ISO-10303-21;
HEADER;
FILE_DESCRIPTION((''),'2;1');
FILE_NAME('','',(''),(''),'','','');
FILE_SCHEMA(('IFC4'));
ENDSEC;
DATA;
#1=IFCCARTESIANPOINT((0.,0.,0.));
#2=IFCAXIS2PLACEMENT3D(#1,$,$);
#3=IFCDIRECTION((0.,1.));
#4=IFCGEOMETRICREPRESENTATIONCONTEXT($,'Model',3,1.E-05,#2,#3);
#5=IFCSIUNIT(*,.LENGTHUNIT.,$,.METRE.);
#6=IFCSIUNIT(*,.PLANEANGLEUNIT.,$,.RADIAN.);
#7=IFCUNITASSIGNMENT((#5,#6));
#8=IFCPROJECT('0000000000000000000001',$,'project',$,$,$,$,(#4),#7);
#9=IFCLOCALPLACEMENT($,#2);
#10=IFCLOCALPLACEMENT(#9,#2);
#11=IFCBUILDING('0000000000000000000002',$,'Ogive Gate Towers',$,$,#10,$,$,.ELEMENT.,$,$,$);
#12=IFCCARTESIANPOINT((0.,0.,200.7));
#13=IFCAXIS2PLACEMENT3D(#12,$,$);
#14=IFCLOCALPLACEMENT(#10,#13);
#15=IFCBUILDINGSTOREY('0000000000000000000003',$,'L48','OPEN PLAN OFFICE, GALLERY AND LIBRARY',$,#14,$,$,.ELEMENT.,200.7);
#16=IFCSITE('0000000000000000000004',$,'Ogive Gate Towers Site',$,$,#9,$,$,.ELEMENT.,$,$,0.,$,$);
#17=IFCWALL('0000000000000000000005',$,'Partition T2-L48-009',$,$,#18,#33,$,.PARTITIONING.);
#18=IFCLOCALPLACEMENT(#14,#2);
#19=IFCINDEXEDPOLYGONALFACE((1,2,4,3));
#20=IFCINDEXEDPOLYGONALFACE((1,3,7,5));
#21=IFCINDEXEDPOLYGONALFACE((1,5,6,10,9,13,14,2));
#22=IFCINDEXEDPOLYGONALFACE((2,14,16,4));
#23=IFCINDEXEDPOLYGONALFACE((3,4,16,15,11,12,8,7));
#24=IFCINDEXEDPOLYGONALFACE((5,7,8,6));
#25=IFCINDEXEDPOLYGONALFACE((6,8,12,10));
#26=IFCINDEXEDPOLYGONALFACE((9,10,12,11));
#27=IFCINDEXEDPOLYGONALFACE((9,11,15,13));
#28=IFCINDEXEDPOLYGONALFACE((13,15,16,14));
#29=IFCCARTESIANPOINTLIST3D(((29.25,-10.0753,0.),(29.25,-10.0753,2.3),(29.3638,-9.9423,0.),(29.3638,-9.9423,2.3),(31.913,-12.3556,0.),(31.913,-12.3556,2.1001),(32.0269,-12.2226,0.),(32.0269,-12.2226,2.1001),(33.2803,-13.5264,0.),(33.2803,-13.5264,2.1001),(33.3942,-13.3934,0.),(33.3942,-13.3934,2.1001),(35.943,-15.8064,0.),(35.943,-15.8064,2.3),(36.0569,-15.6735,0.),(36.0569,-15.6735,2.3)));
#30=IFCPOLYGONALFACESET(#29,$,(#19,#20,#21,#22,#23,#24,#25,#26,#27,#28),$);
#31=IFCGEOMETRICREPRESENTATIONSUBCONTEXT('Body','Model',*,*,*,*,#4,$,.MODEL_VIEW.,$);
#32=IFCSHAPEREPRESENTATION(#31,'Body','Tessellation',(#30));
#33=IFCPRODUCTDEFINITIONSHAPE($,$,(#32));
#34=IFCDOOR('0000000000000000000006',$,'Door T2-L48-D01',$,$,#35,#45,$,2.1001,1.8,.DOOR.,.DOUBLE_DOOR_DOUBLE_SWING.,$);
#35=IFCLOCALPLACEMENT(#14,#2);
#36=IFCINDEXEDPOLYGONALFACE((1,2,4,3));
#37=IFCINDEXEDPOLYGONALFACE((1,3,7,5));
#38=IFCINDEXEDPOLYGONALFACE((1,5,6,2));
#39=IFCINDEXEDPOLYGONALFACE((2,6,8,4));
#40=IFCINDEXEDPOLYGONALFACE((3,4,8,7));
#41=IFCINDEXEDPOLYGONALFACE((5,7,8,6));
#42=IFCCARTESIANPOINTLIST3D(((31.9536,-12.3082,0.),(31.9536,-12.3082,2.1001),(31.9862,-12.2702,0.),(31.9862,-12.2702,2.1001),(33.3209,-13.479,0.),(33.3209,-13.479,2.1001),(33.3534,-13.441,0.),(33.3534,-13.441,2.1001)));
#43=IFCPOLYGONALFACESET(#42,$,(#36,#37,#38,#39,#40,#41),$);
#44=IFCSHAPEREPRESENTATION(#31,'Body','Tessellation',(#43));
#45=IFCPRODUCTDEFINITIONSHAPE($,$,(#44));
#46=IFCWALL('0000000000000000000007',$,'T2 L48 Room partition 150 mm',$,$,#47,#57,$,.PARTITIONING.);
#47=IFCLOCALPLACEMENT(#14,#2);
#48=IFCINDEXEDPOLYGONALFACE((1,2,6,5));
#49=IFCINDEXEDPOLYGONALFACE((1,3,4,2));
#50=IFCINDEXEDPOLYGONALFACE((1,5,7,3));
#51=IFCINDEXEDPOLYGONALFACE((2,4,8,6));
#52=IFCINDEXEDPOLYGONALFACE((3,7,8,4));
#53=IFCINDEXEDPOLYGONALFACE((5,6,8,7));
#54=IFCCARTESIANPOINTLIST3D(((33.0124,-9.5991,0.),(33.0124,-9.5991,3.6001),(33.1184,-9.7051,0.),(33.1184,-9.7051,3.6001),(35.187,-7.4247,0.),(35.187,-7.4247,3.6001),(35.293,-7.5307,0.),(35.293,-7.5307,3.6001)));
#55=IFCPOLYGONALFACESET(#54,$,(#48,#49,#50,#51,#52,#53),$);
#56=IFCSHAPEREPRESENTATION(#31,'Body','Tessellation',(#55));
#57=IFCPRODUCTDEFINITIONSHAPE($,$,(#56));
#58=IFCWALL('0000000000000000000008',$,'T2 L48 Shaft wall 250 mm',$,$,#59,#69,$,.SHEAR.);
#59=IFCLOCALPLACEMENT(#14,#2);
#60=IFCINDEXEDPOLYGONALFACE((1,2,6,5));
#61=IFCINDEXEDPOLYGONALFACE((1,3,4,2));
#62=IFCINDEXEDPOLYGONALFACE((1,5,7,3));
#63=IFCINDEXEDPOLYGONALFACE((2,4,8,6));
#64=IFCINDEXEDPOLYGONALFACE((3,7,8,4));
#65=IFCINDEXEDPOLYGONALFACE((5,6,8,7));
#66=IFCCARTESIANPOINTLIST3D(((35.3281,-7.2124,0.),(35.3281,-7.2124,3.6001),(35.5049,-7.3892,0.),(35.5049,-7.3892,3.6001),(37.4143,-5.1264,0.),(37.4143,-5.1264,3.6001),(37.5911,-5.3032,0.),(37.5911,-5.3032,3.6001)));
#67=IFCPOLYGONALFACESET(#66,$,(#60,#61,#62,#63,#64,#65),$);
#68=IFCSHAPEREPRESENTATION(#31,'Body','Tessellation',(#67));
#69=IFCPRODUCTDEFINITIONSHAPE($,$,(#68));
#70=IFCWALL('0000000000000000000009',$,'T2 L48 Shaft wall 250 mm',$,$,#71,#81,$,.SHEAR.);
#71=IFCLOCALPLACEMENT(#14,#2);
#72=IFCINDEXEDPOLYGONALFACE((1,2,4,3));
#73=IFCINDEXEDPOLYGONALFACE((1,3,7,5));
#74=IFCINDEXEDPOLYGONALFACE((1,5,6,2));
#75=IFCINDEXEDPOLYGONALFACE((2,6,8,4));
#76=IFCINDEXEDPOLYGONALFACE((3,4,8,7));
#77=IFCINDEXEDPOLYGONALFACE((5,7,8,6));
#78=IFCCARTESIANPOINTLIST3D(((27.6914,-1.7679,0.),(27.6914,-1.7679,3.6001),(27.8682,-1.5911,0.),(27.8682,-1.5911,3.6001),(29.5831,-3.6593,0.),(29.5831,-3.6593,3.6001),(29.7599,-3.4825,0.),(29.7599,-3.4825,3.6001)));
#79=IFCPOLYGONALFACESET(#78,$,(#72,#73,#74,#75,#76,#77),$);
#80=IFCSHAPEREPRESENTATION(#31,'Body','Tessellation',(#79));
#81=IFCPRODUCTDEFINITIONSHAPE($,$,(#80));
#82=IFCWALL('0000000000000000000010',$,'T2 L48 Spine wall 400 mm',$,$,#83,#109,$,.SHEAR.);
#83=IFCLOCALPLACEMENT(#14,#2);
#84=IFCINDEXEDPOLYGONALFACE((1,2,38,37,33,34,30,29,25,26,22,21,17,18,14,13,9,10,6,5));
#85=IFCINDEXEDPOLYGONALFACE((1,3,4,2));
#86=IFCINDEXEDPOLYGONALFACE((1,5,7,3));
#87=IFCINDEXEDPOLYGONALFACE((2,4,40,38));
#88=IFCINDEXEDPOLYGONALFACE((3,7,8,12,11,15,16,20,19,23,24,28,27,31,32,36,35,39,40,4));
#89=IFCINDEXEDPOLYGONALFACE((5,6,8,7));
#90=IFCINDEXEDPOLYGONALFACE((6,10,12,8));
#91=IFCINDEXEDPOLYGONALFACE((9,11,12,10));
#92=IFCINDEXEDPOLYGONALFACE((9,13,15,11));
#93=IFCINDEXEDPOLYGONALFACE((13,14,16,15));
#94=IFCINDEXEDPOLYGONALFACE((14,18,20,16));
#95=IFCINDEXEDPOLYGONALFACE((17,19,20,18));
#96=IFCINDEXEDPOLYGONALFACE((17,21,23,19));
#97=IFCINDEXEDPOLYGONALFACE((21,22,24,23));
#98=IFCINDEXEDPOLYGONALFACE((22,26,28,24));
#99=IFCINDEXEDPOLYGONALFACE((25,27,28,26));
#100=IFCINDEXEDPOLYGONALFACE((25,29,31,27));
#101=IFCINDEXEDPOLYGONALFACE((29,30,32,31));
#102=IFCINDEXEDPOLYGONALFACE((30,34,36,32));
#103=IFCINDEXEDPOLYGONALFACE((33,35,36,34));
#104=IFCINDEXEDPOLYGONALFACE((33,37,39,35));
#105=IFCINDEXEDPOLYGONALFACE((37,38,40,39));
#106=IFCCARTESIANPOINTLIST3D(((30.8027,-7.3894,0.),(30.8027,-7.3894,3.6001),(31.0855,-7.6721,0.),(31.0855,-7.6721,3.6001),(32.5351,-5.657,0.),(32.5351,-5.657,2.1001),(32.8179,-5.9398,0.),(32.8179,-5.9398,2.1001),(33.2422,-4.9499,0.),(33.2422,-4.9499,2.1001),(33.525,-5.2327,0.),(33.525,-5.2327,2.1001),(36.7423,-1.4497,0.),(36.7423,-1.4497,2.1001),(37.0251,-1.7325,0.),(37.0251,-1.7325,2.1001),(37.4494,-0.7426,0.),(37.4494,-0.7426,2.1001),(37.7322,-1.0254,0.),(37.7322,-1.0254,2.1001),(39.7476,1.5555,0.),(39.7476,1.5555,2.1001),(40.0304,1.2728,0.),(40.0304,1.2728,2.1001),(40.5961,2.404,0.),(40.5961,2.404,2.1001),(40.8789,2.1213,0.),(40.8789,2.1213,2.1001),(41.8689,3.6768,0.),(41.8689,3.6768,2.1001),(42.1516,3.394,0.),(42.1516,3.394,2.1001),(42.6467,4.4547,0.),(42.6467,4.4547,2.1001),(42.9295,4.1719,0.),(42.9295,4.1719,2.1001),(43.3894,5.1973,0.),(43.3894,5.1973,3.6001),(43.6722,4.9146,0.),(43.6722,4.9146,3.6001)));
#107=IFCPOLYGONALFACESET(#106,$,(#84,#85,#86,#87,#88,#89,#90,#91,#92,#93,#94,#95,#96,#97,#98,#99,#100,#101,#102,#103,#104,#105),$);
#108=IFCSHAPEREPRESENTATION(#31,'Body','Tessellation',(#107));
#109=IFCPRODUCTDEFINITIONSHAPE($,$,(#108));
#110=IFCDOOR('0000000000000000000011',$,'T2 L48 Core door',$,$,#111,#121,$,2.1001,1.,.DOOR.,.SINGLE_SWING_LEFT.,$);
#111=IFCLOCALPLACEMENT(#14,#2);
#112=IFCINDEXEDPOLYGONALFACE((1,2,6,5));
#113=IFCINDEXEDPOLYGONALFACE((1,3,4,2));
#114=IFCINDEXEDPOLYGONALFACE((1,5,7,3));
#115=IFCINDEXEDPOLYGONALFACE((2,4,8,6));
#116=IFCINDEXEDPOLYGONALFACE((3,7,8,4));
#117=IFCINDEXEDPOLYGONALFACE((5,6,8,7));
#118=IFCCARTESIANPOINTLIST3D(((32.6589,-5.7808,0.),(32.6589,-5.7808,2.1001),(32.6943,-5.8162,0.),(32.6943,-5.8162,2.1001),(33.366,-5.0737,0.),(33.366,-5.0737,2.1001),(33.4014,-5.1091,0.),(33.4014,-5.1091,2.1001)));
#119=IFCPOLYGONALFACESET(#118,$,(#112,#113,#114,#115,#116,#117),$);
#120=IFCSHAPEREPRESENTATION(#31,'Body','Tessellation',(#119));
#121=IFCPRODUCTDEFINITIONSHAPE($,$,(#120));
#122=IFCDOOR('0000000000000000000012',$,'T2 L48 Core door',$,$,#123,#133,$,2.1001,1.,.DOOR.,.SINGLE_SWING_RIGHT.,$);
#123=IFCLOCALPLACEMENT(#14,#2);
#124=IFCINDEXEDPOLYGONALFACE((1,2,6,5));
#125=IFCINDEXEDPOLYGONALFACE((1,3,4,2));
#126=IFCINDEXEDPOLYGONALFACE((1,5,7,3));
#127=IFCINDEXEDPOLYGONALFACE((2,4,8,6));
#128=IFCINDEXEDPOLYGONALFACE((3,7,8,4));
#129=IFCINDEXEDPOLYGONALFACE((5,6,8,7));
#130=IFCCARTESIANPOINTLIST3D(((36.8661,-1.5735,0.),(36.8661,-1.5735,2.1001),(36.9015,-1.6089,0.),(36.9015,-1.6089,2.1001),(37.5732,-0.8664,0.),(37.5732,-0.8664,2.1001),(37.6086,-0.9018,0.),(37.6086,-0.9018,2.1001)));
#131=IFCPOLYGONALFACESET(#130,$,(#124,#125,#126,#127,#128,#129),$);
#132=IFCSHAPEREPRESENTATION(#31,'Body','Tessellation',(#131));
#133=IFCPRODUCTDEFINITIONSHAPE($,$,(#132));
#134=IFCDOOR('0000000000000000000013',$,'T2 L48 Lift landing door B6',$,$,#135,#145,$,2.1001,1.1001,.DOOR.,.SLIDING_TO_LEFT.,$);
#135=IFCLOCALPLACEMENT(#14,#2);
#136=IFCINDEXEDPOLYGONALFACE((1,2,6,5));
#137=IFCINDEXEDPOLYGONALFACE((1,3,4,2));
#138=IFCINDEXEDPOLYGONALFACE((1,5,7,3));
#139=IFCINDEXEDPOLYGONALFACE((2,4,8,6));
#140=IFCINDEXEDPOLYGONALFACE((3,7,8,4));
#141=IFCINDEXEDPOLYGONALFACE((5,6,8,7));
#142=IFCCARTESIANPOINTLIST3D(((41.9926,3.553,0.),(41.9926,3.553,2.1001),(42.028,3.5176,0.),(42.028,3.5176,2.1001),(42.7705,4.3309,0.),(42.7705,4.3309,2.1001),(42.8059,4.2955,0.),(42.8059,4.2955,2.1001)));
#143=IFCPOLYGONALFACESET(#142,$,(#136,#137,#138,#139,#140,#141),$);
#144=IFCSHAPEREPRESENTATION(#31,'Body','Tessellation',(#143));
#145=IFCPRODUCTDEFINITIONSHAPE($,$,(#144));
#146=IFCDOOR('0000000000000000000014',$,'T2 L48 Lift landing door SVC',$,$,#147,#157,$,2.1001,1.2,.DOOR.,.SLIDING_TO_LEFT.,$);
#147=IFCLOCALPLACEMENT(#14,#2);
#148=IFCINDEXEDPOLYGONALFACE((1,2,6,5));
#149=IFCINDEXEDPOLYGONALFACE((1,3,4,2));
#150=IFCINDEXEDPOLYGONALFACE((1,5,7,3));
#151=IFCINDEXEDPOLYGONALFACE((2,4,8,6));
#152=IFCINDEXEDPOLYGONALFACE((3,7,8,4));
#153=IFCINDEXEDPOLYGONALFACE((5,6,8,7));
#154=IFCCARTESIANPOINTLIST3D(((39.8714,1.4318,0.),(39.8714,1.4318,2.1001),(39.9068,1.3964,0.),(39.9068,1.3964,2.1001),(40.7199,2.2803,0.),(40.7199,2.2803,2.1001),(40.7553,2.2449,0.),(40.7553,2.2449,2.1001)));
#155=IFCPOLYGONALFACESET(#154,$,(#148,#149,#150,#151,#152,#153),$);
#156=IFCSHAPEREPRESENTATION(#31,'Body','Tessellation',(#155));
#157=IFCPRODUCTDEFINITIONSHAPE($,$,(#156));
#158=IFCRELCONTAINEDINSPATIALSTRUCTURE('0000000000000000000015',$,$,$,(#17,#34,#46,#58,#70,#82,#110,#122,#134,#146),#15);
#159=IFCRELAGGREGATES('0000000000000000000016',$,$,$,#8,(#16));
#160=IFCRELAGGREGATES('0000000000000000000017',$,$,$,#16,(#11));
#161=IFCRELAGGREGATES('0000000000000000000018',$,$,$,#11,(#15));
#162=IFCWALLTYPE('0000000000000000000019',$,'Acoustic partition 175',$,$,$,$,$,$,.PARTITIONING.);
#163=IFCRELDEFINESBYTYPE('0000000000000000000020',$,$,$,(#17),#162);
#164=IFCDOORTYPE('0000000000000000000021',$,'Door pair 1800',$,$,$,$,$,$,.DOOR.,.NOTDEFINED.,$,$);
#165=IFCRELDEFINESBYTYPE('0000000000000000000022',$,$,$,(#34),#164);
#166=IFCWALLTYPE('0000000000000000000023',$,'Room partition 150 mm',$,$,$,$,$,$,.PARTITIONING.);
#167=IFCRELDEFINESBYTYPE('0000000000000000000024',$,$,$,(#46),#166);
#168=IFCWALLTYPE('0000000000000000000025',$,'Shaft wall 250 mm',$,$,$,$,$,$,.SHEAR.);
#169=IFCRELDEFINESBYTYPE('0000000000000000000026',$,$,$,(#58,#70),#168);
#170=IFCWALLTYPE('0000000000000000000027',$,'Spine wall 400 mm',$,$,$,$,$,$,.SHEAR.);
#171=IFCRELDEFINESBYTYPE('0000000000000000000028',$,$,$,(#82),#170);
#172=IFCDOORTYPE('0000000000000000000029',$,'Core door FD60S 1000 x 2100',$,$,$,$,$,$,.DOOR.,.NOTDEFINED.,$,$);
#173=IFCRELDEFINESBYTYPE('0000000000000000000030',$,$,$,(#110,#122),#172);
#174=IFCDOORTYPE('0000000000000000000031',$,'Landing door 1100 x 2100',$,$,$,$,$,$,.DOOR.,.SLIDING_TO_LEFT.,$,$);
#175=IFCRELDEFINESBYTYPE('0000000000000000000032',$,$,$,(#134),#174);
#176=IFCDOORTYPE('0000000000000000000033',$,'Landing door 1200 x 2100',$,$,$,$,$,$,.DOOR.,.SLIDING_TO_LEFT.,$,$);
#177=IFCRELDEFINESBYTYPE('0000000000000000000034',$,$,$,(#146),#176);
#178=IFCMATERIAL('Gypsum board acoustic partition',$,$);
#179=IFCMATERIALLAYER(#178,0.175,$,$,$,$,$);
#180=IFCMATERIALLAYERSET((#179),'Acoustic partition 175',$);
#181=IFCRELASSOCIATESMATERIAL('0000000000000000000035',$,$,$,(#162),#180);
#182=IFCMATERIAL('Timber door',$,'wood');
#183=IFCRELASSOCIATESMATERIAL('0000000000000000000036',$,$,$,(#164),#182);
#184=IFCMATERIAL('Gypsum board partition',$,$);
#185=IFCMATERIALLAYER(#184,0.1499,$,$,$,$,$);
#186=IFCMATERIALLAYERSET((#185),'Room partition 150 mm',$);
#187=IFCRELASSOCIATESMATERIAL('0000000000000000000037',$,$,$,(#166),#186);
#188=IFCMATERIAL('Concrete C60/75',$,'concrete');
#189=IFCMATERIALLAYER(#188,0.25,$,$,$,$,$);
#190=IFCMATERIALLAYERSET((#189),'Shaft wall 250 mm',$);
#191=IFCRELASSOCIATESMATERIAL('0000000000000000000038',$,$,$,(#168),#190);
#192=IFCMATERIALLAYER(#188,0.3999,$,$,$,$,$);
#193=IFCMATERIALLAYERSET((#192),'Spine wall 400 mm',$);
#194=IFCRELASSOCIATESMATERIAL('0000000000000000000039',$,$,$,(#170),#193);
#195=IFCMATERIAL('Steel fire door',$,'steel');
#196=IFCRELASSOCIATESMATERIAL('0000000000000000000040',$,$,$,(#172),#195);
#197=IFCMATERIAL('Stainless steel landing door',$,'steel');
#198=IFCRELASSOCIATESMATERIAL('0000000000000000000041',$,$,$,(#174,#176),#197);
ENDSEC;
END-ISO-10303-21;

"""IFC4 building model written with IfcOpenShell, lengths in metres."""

from ifc_helpers import new_model, si_unit, direction, frame, frame_2d, origin, place, context, subcontext, project, spatial, rectangle, extrude, material, layer, layer_set, type_object, element, fill, save


model = new_model("IFC4")

# Units and contexts
model_context = context("Model", 3, precision=1e-05, world=origin(), true_north=direction((0.0, 1.0)))
body_context = subcontext(model_context, "Body", "Model", "MODEL_VIEW")
ifc_project = project(units=[si_unit("LENGTHUNIT", "METRE"), si_unit("PLANEANGLEUNIT", "RADIAN")], contexts=[model_context])

# Site, building, storey
site_placement = place(None, origin())
site = spatial("IfcSite", under=ifc_project, at=site_placement, Name="Ogive Gate Towers Site", CompositionType="ELEMENT", RefElevation=0.0)
building_placement = place(site_placement, origin())
building = spatial("IfcBuilding", under=site, at=building_placement, Name="Ogive Gate Towers", CompositionType="ELEMENT")
storey_placement = place(building_placement, frame((0.0, 0.0, 200.7)))
storey = spatial("IfcBuildingStorey", under=building, at=storey_placement, Name="L48", Description="OPEN PLAN OFFICE, GALLERY AND LIBRARY", CompositionType="ELEMENT", Elevation=200.7)

# Wall, opening, door
ifc_material_1 = material(Name="Gypsum board acoustic partition")
ifc_layer_1 = layer(ifc_material_1, 0.175)
ifc_layer_set_1 = layer_set([ifc_layer_1], Name="Acoustic partition 175")
wall_type_1 = type_object("IfcWallType", Name="Acoustic partition 175", PredefinedType="PARTITIONING", material=ifc_layer_set_1)
wall_1_placement = place(storey_placement, frame((29.3069, -10.0088, 0.0), z_axis=(0.0, 0.0, 1.0), x_axis=(0.759579, -0.650415, 0.0)))
wall_1 = element("IfcWall", 1, at=wall_1_placement, inside=storey, type_object=wall_type_1, Name="Partition T2-L48-009", PredefinedType="PARTITIONING", context=body_context, shape_type="SweptSolid", body=[
    extrude(rectangle(XDim=8.8115, YDim=0.175, at=frame_2d((4.4058, 0.0))), origin(), (0.0, 0.0, 1.0), 2.3),
])
opening_1_placement = place(wall_1_placement, frame((3.5061, 0.0, 0.0)))
opening_1 = element("IfcOpeningElement", 2, at=opening_1_placement, cuts=wall_1, PredefinedType="OPENING", context=body_context, shape_type="SweptSolid", body=[
    extrude(rectangle(XDim=1.8, YDim=2.1001, at=frame_2d((0.8999, 1.05))), frame((0.0, 0.0977, 0.0), z_axis=(0.0, -1.0, 0.0), x_axis=(1.0, 0.0, 0.0)), (0.0, 0.0, 1.0), 0.1951),
])
ifc_material_2 = material(Name="Timber door", Category="wood")
door_type_1 = type_object("IfcDoorType", Name="Door pair 1800", OperationType="NOTDEFINED", PredefinedType="DOOR", material=ifc_material_2)
door_1_placement = place(opening_1_placement, origin())
door_1 = element("IfcDoor", 3, at=door_1_placement, inside=storey, type_object=door_type_1, Name="Door T2-L48-D01", OperationType="DOUBLE_DOOR_DOUBLE_SWING", OverallHeight=2.1001, OverallWidth=1.8, PredefinedType="DOOR", context=body_context, shape_type="SweptSolid", body=[
    extrude(rectangle(XDim=1.8, YDim=2.1001, at=frame_2d((0.8999, 1.05))), frame((0.0, 0.0249, 0.0), z_axis=(0.0, -1.0, 0.0), x_axis=(1.0, 0.0, 0.0)), (0.0, 0.0, 1.0), 0.05),
])
fill(opening_1, door_1)

# Walls
ifc_material_3 = material(Name="Gypsum board partition")
ifc_layer_2 = layer(ifc_material_3, 0.1499)
ifc_layer_set_2 = layer_set([ifc_layer_2], Name="Room partition 150 mm")
wall_type_2 = type_object("IfcWallType", Name="Room partition 150 mm", PredefinedType="PARTITIONING", material=ifc_layer_set_2)
wall_2_placement = place(storey_placement, frame((33.0654, -9.6521, 0.0), z_axis=(0.0, 0.0, 1.0), x_axis=(0.707146, 0.707067, 0.0)))
element("IfcWall", 4, at=wall_2_placement, inside=storey, type_object=wall_type_2, Name="T2 L48 Room partition 150 mm", PredefinedType="PARTITIONING", context=body_context, shape_type="SweptSolid", body=[
    extrude(rectangle(XDim=3.0752, YDim=0.1499, at=frame_2d((1.5376, 0.0))), origin(), (0.0, 0.0, 1.0), 3.6001),
])
ifc_material_4 = material(Name="Concrete C60/75", Category="concrete")
ifc_layer_3 = layer(ifc_material_4, 0.25)
ifc_layer_set_3 = layer_set([ifc_layer_3], Name="Shaft wall 250 mm")
wall_type_3 = type_object("IfcWallType", Name="Shaft wall 250 mm", PredefinedType="SHEAR", material=ifc_layer_set_3)
wall_3_placement = place(storey_placement, frame((35.4165, -7.3008, 0.0), z_axis=(0.0, 0.0, 1.0), x_axis=(0.707148, 0.707065, 0.0)))
element("IfcWall", 5, at=wall_3_placement, inside=storey, type_object=wall_type_3, Name="T2 L48 Shaft wall 250 mm", PredefinedType="SHEAR", context=body_context, shape_type="SweptSolid", body=[
    extrude(rectangle(XDim=2.9502, YDim=0.25, at=frame_2d((1.4751, 0.0))), origin(), (0.0, 0.0, 1.0), 3.6001),
])
wall_4_placement = place(storey_placement, frame((29.6714, -3.5708, 0.0), z_axis=(0.0, 0.0, 1.0), x_axis=(-0.707152, 0.707061, 0.0)))
element("IfcWall", 6, at=wall_4_placement, inside=storey, type_object=wall_type_3, Name="T2 L48 Shaft wall 250 mm", PredefinedType="SHEAR", context=body_context, shape_type="SweptSolid", body=[
    extrude(rectangle(XDim=2.675, YDim=0.25, at=frame_2d((1.3374, 0.0))), origin(), (0.0, 0.0, 1.0), 3.6001),
])

# Wall, openings, doors
ifc_layer_4 = layer(ifc_material_4, 0.3999)
ifc_layer_set_4 = layer_set([ifc_layer_4], Name="Spine wall 400 mm")
wall_type_4 = type_object("IfcWallType", Name="Spine wall 400 mm", PredefinedType="SHEAR", material=ifc_layer_set_4)
wall_5_placement = place(storey_placement, frame((30.9441, -7.5308, 0.0), z_axis=(0.0, 0.0, 1.0), x_axis=(0.707107, 0.707107, 0.0)))
wall_5 = element("IfcWall", 7, at=wall_5_placement, inside=storey, type_object=wall_type_4, Name="T2 L48 Spine wall 400 mm", PredefinedType="SHEAR", context=body_context, shape_type="SweptSolid", body=[
    extrude(rectangle(XDim=17.8003, YDim=0.3999, at=frame_2d((8.9001, 0.0))), origin(), (0.0, 0.0, 1.0), 3.6001),
])
opening_2_placement = place(wall_5_placement, frame((12.6499, 0.0, 0.0)))
opening_2 = element("IfcOpeningElement", 8, at=opening_2_placement, cuts=wall_5, PredefinedType="OPENING", context=body_context, shape_type="SweptSolid", body=[
    extrude(rectangle(XDim=1.2, YDim=2.1001, at=frame_2d((0.6001, 1.05))), frame((0.0, 0.21, 0.0), z_axis=(0.0, -1.0, 0.0), x_axis=(1.0, 0.0, 0.0)), (0.0, 0.0, 1.0), 0.4199),
])
opening_3_placement = place(wall_5_placement, frame((15.6499, 0.0, 0.0)))
opening_3 = element("IfcOpeningElement", 9, at=opening_3_placement, cuts=wall_5, PredefinedType="OPENING", context=body_context, shape_type="SweptSolid", body=[
    extrude(rectangle(XDim=1.1001, YDim=2.1001, at=frame_2d((0.55, 1.05))), frame((0.0, 0.21, 0.0), z_axis=(0.0, -1.0, 0.0), x_axis=(1.0, 0.0, 0.0)), (0.0, 0.0, 1.0), 0.4199),
])
opening_4_placement = place(wall_5_placement, frame((2.45, 0.0, 0.0)))
opening_4 = element("IfcOpeningElement", 10, at=opening_4_placement, cuts=wall_5, PredefinedType="OPENING", context=body_context, shape_type="SweptSolid", body=[
    extrude(rectangle(XDim=1.0, YDim=2.1001, at=frame_2d((0.5, 1.05))), frame((0.0, 0.21, 0.0), z_axis=(0.0, -1.0, 0.0), x_axis=(1.0, 0.0, 0.0)), (0.0, 0.0, 1.0), 0.4199),
])
opening_5_placement = place(wall_5_placement, frame((8.3999, 0.0, 0.0)))
opening_5 = element("IfcOpeningElement", 11, at=opening_5_placement, cuts=wall_5, PredefinedType="OPENING", context=body_context, shape_type="SweptSolid", body=[
    extrude(rectangle(XDim=1.0, YDim=2.1001, at=frame_2d((0.5, 1.05))), frame((0.0, 0.21, 0.0), z_axis=(0.0, -1.0, 0.0), x_axis=(1.0, 0.0, 0.0)), (0.0, 0.0, 1.0), 0.4199),
])
ifc_material_5 = material(Name="Steel fire door", Category="steel")
door_type_2 = type_object("IfcDoorType", Name="Core door FD60S 1000 x 2100", OperationType="NOTDEFINED", PredefinedType="DOOR", material=ifc_material_5)
door_2_placement = place(opening_4_placement, origin())
door_2 = element("IfcDoor", 12, at=door_2_placement, inside=storey, type_object=door_type_2, Name="T2 L48 Core door", OperationType="SINGLE_SWING_LEFT", OverallHeight=2.1001, OverallWidth=1.0, PredefinedType="DOOR", context=body_context, shape_type="SweptSolid", body=[
    extrude(rectangle(XDim=1.0, YDim=2.1001, at=frame_2d((0.5, 1.05))), frame((0.0, 0.0249, 0.0), z_axis=(0.0, -1.0, 0.0), x_axis=(1.0, 0.0, 0.0)), (0.0, 0.0, 1.0), 0.05),
])
fill(opening_4, door_2)
door_3_placement = place(opening_5_placement, origin())
door_3 = element("IfcDoor", 13, at=door_3_placement, inside=storey, type_object=door_type_2, Name="T2 L48 Core door", OperationType="SINGLE_SWING_RIGHT", OverallHeight=2.1001, OverallWidth=1.0, PredefinedType="DOOR", context=body_context, shape_type="SweptSolid", body=[
    extrude(rectangle(XDim=1.0, YDim=2.1001, at=frame_2d((0.5, 1.05))), frame((0.0, 0.0249, 0.0), z_axis=(0.0, -1.0, 0.0), x_axis=(1.0, 0.0, 0.0)), (0.0, 0.0, 1.0), 0.05),
])
fill(opening_5, door_3)
ifc_material_6 = material(Name="Stainless steel landing door", Category="steel")
door_type_3 = type_object("IfcDoorType", Name="Landing door 1100 x 2100", OperationType="SLIDING_TO_LEFT", PredefinedType="DOOR", material=ifc_material_6)
door_4_placement = place(opening_3_placement, origin())
door_4 = element("IfcDoor", 14, at=door_4_placement, inside=storey, type_object=door_type_3, Name="T2 L48 Lift landing door B6", OperationType="SLIDING_TO_LEFT", OverallHeight=2.1001, OverallWidth=1.1001, PredefinedType="DOOR", context=body_context, shape_type="SweptSolid", body=[
    extrude(rectangle(XDim=1.1001, YDim=2.1001, at=frame_2d((0.55, 1.05))), frame((0.0, 0.0249, 0.0), z_axis=(0.0, -1.0, 0.0), x_axis=(1.0, 0.0, 0.0)), (0.0, 0.0, 1.0), 0.05),
])
fill(opening_3, door_4)
door_type_4 = type_object("IfcDoorType", Name="Landing door 1200 x 2100", OperationType="SLIDING_TO_LEFT", PredefinedType="DOOR", material=ifc_material_6)
door_5_placement = place(opening_2_placement, origin())
door_5 = element("IfcDoor", 15, at=door_5_placement, inside=storey, type_object=door_type_4, Name="T2 L48 Lift landing door SVC", OperationType="SLIDING_TO_LEFT", OverallHeight=2.1001, OverallWidth=1.2, PredefinedType="DOOR", context=body_context, shape_type="SweptSolid", body=[
    extrude(rectangle(XDim=1.2, YDim=2.1001, at=frame_2d((0.6001, 1.05))), frame((0.0, 0.0249, 0.0), z_axis=(0.0, -1.0, 0.0), x_axis=(1.0, 0.0, 0.0)), (0.0, 0.0, 1.0), 0.05),
])
fill(opening_2, door_5)

save(model, "model.ifc")
